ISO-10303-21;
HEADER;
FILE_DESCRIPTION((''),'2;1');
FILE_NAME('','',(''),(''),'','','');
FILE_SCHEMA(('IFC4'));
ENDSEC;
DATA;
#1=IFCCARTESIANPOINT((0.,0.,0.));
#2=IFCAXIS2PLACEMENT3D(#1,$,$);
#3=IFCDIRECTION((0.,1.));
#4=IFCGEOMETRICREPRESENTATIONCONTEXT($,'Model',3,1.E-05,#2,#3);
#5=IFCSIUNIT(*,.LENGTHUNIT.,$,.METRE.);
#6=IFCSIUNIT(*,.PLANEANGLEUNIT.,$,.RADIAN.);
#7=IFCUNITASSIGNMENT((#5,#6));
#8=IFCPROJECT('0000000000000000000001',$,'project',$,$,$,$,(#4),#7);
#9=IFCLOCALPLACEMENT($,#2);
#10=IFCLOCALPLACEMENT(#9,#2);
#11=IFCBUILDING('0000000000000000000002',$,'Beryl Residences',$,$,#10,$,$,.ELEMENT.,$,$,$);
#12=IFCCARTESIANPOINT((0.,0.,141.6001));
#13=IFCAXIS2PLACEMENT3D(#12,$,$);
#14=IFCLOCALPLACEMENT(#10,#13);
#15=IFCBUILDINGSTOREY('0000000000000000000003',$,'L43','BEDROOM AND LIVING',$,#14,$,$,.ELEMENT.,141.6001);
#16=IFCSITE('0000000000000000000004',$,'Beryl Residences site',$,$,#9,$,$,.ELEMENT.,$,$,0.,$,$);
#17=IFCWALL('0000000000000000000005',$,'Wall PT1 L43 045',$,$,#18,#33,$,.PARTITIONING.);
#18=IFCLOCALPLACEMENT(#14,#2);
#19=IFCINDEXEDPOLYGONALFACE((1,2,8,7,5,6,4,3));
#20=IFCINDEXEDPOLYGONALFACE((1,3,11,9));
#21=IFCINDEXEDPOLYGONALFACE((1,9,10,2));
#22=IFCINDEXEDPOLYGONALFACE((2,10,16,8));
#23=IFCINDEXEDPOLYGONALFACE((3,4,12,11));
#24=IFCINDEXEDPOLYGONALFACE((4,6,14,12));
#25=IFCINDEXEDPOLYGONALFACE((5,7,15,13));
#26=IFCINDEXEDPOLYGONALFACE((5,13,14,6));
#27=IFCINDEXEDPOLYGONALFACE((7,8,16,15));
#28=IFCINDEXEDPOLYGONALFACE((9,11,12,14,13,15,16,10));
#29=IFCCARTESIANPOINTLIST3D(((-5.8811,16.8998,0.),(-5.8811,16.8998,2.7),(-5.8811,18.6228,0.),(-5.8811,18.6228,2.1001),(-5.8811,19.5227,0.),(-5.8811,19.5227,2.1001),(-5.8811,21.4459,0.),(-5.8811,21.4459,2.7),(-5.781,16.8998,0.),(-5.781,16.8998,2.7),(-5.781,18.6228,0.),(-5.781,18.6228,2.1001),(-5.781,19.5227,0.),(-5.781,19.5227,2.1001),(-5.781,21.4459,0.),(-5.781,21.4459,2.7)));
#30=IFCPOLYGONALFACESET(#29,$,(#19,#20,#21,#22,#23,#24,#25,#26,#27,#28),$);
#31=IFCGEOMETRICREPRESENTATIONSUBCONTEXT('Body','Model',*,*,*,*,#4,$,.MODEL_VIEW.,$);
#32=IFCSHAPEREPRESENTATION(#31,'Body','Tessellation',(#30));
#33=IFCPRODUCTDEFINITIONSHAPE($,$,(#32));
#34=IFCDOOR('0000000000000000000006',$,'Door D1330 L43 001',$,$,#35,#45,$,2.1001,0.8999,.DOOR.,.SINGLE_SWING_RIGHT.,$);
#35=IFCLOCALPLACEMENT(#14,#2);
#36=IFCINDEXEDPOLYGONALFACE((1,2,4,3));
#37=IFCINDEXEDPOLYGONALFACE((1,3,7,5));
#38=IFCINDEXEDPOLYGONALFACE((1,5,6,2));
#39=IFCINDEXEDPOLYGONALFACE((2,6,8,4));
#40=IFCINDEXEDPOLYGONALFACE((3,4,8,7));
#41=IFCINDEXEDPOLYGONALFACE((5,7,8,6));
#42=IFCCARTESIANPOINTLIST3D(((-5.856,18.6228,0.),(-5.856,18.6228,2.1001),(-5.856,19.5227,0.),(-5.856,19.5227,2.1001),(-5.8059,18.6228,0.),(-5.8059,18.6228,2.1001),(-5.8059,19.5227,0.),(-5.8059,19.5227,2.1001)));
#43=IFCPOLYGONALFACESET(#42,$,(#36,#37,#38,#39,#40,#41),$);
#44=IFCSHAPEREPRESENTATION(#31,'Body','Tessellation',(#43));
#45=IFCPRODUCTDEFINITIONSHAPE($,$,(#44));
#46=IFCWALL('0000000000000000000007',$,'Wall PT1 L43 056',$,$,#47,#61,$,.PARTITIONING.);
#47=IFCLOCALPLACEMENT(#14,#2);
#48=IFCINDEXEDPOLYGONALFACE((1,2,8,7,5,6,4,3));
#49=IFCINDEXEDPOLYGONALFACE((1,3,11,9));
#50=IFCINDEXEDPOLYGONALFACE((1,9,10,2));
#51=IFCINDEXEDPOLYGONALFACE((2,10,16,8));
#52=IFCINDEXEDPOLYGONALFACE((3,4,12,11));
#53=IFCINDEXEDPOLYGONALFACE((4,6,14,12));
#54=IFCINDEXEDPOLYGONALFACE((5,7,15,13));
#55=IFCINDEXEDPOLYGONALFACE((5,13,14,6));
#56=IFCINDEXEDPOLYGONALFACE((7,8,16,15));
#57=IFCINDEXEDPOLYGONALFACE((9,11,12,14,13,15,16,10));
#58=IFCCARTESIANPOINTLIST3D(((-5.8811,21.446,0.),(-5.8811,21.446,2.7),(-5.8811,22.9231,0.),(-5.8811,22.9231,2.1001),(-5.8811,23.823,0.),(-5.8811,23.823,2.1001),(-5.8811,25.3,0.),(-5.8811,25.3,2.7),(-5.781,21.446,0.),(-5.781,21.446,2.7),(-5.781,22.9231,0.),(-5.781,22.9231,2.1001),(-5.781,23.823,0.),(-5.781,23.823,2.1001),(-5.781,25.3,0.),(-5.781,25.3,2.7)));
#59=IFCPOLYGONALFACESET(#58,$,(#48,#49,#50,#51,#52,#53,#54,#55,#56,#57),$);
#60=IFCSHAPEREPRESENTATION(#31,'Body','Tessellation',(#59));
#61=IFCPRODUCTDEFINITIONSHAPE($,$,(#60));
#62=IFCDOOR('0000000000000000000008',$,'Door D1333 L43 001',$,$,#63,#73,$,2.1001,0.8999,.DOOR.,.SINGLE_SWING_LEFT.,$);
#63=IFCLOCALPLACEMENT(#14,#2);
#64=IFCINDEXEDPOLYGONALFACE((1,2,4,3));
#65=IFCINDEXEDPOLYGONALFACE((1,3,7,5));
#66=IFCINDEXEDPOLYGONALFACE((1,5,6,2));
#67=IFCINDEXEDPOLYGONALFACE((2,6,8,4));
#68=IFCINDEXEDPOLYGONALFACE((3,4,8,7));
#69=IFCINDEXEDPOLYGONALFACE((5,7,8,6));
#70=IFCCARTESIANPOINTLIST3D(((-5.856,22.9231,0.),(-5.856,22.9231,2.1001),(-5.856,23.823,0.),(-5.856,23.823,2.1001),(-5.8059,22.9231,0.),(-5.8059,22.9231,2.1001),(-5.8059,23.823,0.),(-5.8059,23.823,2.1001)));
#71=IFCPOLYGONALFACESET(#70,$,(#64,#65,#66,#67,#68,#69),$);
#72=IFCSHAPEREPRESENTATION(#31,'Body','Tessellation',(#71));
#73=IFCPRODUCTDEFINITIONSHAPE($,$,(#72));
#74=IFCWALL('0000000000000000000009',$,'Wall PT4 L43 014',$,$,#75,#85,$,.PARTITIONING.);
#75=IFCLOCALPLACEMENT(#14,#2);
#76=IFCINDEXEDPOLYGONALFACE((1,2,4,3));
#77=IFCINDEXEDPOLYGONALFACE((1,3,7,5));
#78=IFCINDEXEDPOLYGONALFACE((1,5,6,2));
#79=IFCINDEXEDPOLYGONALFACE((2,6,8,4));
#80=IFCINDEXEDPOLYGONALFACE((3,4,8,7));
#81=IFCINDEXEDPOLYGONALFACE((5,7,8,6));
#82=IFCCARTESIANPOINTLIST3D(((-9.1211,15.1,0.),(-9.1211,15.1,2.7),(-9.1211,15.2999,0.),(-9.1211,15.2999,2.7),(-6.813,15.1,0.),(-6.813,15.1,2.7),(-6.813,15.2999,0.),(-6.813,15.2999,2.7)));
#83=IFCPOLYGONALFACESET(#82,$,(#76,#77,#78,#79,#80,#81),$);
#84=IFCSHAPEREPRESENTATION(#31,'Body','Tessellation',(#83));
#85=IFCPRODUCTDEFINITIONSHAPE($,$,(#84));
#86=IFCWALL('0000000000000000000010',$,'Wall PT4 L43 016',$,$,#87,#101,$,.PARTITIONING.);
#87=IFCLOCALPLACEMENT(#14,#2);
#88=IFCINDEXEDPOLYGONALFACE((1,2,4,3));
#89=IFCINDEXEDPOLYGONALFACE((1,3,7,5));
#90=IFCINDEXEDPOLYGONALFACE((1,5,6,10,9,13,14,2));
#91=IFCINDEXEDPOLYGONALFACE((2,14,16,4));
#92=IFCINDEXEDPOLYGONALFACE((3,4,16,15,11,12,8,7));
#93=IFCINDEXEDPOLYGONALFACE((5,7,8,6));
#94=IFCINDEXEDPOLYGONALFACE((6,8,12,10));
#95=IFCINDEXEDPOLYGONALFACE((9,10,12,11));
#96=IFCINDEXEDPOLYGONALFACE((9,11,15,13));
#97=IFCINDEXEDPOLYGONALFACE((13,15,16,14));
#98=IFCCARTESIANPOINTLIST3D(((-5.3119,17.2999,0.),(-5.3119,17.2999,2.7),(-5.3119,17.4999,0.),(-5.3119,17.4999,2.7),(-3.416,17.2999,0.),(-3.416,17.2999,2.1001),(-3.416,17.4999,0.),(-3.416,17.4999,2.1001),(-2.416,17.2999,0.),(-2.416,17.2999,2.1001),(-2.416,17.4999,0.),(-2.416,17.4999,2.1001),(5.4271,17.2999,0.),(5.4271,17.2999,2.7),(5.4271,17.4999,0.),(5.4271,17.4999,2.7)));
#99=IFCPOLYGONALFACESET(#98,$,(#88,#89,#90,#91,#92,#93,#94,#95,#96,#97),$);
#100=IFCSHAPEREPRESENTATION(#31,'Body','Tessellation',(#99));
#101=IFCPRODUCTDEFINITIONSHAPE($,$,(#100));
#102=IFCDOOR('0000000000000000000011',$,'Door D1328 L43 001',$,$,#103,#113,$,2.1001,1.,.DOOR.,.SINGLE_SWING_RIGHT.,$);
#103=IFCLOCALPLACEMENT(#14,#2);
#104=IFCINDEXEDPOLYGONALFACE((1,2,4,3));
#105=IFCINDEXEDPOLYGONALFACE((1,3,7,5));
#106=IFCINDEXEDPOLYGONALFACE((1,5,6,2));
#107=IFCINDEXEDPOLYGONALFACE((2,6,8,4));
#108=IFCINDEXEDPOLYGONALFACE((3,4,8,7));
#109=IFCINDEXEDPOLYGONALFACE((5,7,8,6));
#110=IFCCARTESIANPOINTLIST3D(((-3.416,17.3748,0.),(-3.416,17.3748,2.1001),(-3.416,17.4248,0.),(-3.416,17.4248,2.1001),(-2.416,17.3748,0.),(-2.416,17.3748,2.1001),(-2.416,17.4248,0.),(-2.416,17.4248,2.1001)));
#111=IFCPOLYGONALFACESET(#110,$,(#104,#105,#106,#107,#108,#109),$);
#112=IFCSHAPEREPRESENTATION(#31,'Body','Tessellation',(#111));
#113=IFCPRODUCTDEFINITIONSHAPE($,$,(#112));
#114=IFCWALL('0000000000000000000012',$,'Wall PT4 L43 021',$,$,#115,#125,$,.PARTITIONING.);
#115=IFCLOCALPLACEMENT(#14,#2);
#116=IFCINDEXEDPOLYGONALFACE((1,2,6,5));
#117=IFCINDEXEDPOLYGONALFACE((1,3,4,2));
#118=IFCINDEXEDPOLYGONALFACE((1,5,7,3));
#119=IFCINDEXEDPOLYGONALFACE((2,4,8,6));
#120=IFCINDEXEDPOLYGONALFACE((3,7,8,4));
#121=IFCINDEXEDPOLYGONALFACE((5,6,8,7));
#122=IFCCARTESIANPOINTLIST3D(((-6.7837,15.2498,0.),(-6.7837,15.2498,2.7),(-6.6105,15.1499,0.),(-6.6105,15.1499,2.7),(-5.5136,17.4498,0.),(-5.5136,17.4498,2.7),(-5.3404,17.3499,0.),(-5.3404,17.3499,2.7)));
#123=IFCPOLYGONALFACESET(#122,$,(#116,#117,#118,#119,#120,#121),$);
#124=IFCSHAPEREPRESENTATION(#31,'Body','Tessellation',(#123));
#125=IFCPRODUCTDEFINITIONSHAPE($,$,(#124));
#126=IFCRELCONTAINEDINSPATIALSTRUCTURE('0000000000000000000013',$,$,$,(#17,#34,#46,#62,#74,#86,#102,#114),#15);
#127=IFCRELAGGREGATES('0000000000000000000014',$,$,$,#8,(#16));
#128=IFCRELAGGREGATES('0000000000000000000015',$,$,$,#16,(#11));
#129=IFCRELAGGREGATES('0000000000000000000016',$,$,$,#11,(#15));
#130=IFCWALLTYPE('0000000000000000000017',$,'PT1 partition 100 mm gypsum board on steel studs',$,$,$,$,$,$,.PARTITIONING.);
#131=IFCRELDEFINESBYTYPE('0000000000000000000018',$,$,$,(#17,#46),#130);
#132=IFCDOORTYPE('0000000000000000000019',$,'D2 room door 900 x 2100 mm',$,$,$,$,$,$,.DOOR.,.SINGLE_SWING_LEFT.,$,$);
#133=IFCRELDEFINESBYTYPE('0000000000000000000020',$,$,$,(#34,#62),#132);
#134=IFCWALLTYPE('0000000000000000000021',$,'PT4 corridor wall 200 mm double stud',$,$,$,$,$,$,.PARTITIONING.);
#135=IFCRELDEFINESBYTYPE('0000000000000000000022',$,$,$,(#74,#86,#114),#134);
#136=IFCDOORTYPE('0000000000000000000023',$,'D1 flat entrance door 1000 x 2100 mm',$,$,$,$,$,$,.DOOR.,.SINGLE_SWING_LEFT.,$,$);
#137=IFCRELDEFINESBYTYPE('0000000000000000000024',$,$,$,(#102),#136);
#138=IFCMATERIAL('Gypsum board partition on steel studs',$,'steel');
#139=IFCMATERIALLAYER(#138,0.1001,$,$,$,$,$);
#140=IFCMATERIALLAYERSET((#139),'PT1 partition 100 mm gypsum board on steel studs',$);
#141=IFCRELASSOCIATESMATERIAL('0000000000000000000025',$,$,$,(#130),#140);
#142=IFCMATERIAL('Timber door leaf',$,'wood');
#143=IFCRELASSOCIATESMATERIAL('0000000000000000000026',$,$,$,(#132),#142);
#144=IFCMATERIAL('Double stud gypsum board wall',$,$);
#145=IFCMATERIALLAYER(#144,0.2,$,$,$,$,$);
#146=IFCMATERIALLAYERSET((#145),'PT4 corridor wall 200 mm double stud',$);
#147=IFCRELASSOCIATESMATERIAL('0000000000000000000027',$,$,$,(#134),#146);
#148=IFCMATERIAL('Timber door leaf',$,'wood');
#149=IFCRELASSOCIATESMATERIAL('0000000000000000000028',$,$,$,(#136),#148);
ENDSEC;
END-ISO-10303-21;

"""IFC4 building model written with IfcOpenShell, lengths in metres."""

from ifc_helpers import new_model, si_unit, direction, frame, frame_2d, origin, place, context, subcontext, project, spatial, rectangle, extrude, material, layer, layer_set, type_object, element, fill, save


model = new_model("IFC4")

# Units and contexts
model_context = context("Model", 3, precision=1e-05, world=origin(), true_north=direction((0.0, 1.0)))
body_context = subcontext(model_context, "Body", "Model", "MODEL_VIEW")
ifc_project = project(units=[si_unit("LENGTHUNIT", "METRE"), si_unit("PLANEANGLEUNIT", "RADIAN")], contexts=[model_context])

# Site, building, storey
site_placement = place(None, origin())
site = spatial("IfcSite", under=ifc_project, at=site_placement, Name="Beryl Residences site", CompositionType="ELEMENT", RefElevation=0.0)
building_placement = place(site_placement, origin())
building = spatial("IfcBuilding", under=site, at=building_placement, Name="Beryl Residences", CompositionType="ELEMENT")
storey_placement = place(building_placement, frame((0.0, 0.0, 141.6001)))
storey = spatial("IfcBuildingStorey", under=building, at=storey_placement, Name="L43", Description="BEDROOM AND LIVING", CompositionType="ELEMENT", Elevation=141.6001)

# Shared definitions
ifc_material_1 = material(Name="Gypsum board partition on steel studs", Category="steel")
ifc_layer_1 = layer(ifc_material_1, 0.1001)
ifc_layer_set_1 = layer_set([ifc_layer_1], Name="PT1 partition 100 mm gypsum board on steel studs")
wall_type_1 = type_object("IfcWallType", Name="PT1 partition 100 mm gypsum board on steel studs", PredefinedType="PARTITIONING", material=ifc_layer_set_1)

# Shared definitions
ifc_material_2 = material(Name="Timber door leaf", Category="wood")
door_type_1 = type_object("IfcDoorType", Name="D2 room door 900 x 2100 mm", OperationType="SINGLE_SWING_LEFT", PredefinedType="DOOR", material=ifc_material_2)

# Walls, openings, doors
wall_1_placement = place(storey_placement, frame((-5.8311, 16.8999, 0.0), z_axis=(0.0, 0.0, 1.0), x_axis=(0.0, 1.0, 0.0)))
wall_1 = element("IfcWall", 1, at=wall_1_placement, inside=storey, type_object=wall_type_1, Name="Wall PT1 L43 045", PredefinedType="PARTITIONING", context=body_context, shape_type="SweptSolid", body=[
    extrude(rectangle(XDim=4.5461, YDim=0.1001, at=frame_2d((2.2729, 0.0))), origin(), (0.0, 0.0, 1.0), 2.7),
])
opening_1_placement = place(wall_1_placement, frame((1.7229, 0.0, 0.0)))
opening_1 = element("IfcOpeningElement", 2, at=opening_1_placement, cuts=wall_1, PredefinedType="OPENING", context=body_context, shape_type="SweptSolid", body=[
    extrude(rectangle(XDim=0.8999, YDim=2.1001, at=frame_2d((0.45, 1.05))), frame((0.0, 0.0601, 0.0), z_axis=(0.0, -1.0, 0.0), x_axis=(1.0, 0.0, 0.0)), (0.0, 0.0, 1.0), 0.1201),
])
door_1_placement = place(opening_1_placement, origin())
door_1 = element("IfcDoor", 3, at=door_1_placement, inside=storey, type_object=door_type_1, Name="Door D1330 L43 001", OperationType="SINGLE_SWING_RIGHT", OverallHeight=2.1001, OverallWidth=0.8999, PredefinedType="DOOR", context=body_context, shape_type="SweptSolid", body=[
    extrude(rectangle(XDim=0.8999, YDim=2.1001, at=frame_2d((0.45, 1.05))), frame((0.0, 0.0249, 0.0), z_axis=(0.0, -1.0, 0.0), x_axis=(1.0, 0.0, 0.0)), (0.0, 0.0, 1.0), 0.05),
])
fill(opening_1, door_1)
wall_2_placement = place(storey_placement, frame((-5.8311, 21.446, 0.0), z_axis=(0.0, 0.0, 1.0), x_axis=(0.0, 1.0, 0.0)))
wall_2 = element("IfcWall", 4, at=wall_2_placement, inside=storey, type_object=wall_type_1, Name="Wall PT1 L43 056", PredefinedType="PARTITIONING", context=body_context, shape_type="SweptSolid", body=[
    extrude(rectangle(XDim=3.854, YDim=0.1001, at=frame_2d((1.927, 0.0))), origin(), (0.0, 0.0, 1.0), 2.7),
])
opening_2_placement = place(wall_2_placement, frame((1.4771, 0.0, 0.0)))
opening_2 = element("IfcOpeningElement", 5, at=opening_2_placement, cuts=wall_2, PredefinedType="OPENING", context=body_context, shape_type="SweptSolid", body=[
    extrude(rectangle(XDim=0.8999, YDim=2.1001, at=frame_2d((0.45, 1.05))), frame((0.0, 0.0601, 0.0), z_axis=(0.0, -1.0, 0.0), x_axis=(1.0, 0.0, 0.0)), (0.0, 0.0, 1.0), 0.1201),
])
door_2_placement = place(opening_2_placement, origin())
door_2 = element("IfcDoor", 6, at=door_2_placement, inside=storey, type_object=door_type_1, Name="Door D1333 L43 001", OperationType="SINGLE_SWING_LEFT", OverallHeight=2.1001, OverallWidth=0.8999, PredefinedType="DOOR", context=body_context, shape_type="SweptSolid", body=[
    extrude(rectangle(XDim=0.8999, YDim=2.1001, at=frame_2d((0.45, 1.05))), frame((0.0, 0.0249, 0.0), z_axis=(0.0, -1.0, 0.0), x_axis=(1.0, 0.0, 0.0)), (0.0, 0.0, 1.0), 0.05),
])
fill(opening_2, door_2)

# Wall
ifc_material_3 = material(Name="Double stud gypsum board wall")
ifc_layer_2 = layer(ifc_material_3, 0.2)
ifc_layer_set_2 = layer_set([ifc_layer_2], Name="PT4 corridor wall 200 mm double stud")
wall_type_2 = type_object("IfcWallType", Name="PT4 corridor wall 200 mm double stud", PredefinedType="PARTITIONING", material=ifc_layer_set_2)
wall_3_placement = place(storey_placement, frame((-9.1211, 15.2, 0.0), z_axis=(0.0, 0.0, 1.0), x_axis=(1.0, 0.0, 0.0)))
element("IfcWall", 7, at=wall_3_placement, inside=storey, type_object=wall_type_2, Name="Wall PT4 L43 014", PredefinedType="PARTITIONING", context=body_context, shape_type="SweptSolid", body=[
    extrude(rectangle(XDim=2.3081, YDim=0.2, at=frame_2d((1.1541, 0.0))), origin(), (0.0, 0.0, 1.0), 2.7),
])

# Wall, opening, door
wall_4_placement = place(storey_placement, frame((-5.312, 17.3999, 0.0), z_axis=(0.0, 0.0, 1.0), x_axis=(1.0, 0.0, 0.0)))
wall_4 = element("IfcWall", 8, at=wall_4_placement, inside=storey, type_object=wall_type_2, Name="Wall PT4 L43 016", PredefinedType="PARTITIONING", context=body_context, shape_type="SweptSolid", body=[
    extrude(rectangle(XDim=10.739, YDim=0.2, at=frame_2d((5.3696, 0.0))), origin(), (0.0, 0.0, 1.0), 2.7),
])
opening_3_placement = place(wall_4_placement, frame((1.896, 0.0, 0.0)))
opening_3 = element("IfcOpeningElement", 9, at=opening_3_placement, cuts=wall_4, PredefinedType="OPENING", context=body_context, shape_type="SweptSolid", body=[
    extrude(rectangle(XDim=1.0, YDim=2.1001, at=frame_2d((0.5, 1.05))), frame((0.0, 0.1099, 0.0), z_axis=(0.0, -1.0, 0.0), x_axis=(1.0, 0.0, 0.0)), (0.0, 0.0, 1.0), 0.22),
])
ifc_material_4 = material(Name="Timber door leaf", Category="wood")
door_type_2 = type_object("IfcDoorType", Name="D1 flat entrance door 1000 x 2100 mm", OperationType="SINGLE_SWING_LEFT", PredefinedType="DOOR", material=ifc_material_4)
door_3_placement = place(opening_3_placement, origin())
door_3 = element("IfcDoor", 10, at=door_3_placement, inside=storey, type_object=door_type_2, Name="Door D1328 L43 001", OperationType="SINGLE_SWING_RIGHT", OverallHeight=2.1001, OverallWidth=1.0, PredefinedType="DOOR", context=body_context, shape_type="SweptSolid", body=[
    extrude(rectangle(XDim=1.0, YDim=2.1001, at=frame_2d((0.5, 1.05))), frame((0.0, 0.0249, 0.0), z_axis=(0.0, -1.0, 0.0), x_axis=(1.0, 0.0, 0.0)), (0.0, 0.0, 1.0), 0.05),
])
fill(opening_3, door_3)

# Wall
wall_5_placement = place(storey_placement, frame((-6.697, 15.2, 0.0), z_axis=(0.0, 0.0, 1.0), x_axis=(0.499964, 0.866046, 0.0)))
element("IfcWall", 11, at=wall_5_placement, inside=storey, type_object=wall_type_2, Name="Wall PT4 L43 021", PredefinedType="PARTITIONING", context=body_context, shape_type="SweptSolid", body=[
    extrude(rectangle(XDim=2.5403, YDim=0.2, at=frame_2d((1.27, 0.0))), origin(), (0.0, 0.0, 1.0), 2.7),
])

save(model, "model.ifc")
